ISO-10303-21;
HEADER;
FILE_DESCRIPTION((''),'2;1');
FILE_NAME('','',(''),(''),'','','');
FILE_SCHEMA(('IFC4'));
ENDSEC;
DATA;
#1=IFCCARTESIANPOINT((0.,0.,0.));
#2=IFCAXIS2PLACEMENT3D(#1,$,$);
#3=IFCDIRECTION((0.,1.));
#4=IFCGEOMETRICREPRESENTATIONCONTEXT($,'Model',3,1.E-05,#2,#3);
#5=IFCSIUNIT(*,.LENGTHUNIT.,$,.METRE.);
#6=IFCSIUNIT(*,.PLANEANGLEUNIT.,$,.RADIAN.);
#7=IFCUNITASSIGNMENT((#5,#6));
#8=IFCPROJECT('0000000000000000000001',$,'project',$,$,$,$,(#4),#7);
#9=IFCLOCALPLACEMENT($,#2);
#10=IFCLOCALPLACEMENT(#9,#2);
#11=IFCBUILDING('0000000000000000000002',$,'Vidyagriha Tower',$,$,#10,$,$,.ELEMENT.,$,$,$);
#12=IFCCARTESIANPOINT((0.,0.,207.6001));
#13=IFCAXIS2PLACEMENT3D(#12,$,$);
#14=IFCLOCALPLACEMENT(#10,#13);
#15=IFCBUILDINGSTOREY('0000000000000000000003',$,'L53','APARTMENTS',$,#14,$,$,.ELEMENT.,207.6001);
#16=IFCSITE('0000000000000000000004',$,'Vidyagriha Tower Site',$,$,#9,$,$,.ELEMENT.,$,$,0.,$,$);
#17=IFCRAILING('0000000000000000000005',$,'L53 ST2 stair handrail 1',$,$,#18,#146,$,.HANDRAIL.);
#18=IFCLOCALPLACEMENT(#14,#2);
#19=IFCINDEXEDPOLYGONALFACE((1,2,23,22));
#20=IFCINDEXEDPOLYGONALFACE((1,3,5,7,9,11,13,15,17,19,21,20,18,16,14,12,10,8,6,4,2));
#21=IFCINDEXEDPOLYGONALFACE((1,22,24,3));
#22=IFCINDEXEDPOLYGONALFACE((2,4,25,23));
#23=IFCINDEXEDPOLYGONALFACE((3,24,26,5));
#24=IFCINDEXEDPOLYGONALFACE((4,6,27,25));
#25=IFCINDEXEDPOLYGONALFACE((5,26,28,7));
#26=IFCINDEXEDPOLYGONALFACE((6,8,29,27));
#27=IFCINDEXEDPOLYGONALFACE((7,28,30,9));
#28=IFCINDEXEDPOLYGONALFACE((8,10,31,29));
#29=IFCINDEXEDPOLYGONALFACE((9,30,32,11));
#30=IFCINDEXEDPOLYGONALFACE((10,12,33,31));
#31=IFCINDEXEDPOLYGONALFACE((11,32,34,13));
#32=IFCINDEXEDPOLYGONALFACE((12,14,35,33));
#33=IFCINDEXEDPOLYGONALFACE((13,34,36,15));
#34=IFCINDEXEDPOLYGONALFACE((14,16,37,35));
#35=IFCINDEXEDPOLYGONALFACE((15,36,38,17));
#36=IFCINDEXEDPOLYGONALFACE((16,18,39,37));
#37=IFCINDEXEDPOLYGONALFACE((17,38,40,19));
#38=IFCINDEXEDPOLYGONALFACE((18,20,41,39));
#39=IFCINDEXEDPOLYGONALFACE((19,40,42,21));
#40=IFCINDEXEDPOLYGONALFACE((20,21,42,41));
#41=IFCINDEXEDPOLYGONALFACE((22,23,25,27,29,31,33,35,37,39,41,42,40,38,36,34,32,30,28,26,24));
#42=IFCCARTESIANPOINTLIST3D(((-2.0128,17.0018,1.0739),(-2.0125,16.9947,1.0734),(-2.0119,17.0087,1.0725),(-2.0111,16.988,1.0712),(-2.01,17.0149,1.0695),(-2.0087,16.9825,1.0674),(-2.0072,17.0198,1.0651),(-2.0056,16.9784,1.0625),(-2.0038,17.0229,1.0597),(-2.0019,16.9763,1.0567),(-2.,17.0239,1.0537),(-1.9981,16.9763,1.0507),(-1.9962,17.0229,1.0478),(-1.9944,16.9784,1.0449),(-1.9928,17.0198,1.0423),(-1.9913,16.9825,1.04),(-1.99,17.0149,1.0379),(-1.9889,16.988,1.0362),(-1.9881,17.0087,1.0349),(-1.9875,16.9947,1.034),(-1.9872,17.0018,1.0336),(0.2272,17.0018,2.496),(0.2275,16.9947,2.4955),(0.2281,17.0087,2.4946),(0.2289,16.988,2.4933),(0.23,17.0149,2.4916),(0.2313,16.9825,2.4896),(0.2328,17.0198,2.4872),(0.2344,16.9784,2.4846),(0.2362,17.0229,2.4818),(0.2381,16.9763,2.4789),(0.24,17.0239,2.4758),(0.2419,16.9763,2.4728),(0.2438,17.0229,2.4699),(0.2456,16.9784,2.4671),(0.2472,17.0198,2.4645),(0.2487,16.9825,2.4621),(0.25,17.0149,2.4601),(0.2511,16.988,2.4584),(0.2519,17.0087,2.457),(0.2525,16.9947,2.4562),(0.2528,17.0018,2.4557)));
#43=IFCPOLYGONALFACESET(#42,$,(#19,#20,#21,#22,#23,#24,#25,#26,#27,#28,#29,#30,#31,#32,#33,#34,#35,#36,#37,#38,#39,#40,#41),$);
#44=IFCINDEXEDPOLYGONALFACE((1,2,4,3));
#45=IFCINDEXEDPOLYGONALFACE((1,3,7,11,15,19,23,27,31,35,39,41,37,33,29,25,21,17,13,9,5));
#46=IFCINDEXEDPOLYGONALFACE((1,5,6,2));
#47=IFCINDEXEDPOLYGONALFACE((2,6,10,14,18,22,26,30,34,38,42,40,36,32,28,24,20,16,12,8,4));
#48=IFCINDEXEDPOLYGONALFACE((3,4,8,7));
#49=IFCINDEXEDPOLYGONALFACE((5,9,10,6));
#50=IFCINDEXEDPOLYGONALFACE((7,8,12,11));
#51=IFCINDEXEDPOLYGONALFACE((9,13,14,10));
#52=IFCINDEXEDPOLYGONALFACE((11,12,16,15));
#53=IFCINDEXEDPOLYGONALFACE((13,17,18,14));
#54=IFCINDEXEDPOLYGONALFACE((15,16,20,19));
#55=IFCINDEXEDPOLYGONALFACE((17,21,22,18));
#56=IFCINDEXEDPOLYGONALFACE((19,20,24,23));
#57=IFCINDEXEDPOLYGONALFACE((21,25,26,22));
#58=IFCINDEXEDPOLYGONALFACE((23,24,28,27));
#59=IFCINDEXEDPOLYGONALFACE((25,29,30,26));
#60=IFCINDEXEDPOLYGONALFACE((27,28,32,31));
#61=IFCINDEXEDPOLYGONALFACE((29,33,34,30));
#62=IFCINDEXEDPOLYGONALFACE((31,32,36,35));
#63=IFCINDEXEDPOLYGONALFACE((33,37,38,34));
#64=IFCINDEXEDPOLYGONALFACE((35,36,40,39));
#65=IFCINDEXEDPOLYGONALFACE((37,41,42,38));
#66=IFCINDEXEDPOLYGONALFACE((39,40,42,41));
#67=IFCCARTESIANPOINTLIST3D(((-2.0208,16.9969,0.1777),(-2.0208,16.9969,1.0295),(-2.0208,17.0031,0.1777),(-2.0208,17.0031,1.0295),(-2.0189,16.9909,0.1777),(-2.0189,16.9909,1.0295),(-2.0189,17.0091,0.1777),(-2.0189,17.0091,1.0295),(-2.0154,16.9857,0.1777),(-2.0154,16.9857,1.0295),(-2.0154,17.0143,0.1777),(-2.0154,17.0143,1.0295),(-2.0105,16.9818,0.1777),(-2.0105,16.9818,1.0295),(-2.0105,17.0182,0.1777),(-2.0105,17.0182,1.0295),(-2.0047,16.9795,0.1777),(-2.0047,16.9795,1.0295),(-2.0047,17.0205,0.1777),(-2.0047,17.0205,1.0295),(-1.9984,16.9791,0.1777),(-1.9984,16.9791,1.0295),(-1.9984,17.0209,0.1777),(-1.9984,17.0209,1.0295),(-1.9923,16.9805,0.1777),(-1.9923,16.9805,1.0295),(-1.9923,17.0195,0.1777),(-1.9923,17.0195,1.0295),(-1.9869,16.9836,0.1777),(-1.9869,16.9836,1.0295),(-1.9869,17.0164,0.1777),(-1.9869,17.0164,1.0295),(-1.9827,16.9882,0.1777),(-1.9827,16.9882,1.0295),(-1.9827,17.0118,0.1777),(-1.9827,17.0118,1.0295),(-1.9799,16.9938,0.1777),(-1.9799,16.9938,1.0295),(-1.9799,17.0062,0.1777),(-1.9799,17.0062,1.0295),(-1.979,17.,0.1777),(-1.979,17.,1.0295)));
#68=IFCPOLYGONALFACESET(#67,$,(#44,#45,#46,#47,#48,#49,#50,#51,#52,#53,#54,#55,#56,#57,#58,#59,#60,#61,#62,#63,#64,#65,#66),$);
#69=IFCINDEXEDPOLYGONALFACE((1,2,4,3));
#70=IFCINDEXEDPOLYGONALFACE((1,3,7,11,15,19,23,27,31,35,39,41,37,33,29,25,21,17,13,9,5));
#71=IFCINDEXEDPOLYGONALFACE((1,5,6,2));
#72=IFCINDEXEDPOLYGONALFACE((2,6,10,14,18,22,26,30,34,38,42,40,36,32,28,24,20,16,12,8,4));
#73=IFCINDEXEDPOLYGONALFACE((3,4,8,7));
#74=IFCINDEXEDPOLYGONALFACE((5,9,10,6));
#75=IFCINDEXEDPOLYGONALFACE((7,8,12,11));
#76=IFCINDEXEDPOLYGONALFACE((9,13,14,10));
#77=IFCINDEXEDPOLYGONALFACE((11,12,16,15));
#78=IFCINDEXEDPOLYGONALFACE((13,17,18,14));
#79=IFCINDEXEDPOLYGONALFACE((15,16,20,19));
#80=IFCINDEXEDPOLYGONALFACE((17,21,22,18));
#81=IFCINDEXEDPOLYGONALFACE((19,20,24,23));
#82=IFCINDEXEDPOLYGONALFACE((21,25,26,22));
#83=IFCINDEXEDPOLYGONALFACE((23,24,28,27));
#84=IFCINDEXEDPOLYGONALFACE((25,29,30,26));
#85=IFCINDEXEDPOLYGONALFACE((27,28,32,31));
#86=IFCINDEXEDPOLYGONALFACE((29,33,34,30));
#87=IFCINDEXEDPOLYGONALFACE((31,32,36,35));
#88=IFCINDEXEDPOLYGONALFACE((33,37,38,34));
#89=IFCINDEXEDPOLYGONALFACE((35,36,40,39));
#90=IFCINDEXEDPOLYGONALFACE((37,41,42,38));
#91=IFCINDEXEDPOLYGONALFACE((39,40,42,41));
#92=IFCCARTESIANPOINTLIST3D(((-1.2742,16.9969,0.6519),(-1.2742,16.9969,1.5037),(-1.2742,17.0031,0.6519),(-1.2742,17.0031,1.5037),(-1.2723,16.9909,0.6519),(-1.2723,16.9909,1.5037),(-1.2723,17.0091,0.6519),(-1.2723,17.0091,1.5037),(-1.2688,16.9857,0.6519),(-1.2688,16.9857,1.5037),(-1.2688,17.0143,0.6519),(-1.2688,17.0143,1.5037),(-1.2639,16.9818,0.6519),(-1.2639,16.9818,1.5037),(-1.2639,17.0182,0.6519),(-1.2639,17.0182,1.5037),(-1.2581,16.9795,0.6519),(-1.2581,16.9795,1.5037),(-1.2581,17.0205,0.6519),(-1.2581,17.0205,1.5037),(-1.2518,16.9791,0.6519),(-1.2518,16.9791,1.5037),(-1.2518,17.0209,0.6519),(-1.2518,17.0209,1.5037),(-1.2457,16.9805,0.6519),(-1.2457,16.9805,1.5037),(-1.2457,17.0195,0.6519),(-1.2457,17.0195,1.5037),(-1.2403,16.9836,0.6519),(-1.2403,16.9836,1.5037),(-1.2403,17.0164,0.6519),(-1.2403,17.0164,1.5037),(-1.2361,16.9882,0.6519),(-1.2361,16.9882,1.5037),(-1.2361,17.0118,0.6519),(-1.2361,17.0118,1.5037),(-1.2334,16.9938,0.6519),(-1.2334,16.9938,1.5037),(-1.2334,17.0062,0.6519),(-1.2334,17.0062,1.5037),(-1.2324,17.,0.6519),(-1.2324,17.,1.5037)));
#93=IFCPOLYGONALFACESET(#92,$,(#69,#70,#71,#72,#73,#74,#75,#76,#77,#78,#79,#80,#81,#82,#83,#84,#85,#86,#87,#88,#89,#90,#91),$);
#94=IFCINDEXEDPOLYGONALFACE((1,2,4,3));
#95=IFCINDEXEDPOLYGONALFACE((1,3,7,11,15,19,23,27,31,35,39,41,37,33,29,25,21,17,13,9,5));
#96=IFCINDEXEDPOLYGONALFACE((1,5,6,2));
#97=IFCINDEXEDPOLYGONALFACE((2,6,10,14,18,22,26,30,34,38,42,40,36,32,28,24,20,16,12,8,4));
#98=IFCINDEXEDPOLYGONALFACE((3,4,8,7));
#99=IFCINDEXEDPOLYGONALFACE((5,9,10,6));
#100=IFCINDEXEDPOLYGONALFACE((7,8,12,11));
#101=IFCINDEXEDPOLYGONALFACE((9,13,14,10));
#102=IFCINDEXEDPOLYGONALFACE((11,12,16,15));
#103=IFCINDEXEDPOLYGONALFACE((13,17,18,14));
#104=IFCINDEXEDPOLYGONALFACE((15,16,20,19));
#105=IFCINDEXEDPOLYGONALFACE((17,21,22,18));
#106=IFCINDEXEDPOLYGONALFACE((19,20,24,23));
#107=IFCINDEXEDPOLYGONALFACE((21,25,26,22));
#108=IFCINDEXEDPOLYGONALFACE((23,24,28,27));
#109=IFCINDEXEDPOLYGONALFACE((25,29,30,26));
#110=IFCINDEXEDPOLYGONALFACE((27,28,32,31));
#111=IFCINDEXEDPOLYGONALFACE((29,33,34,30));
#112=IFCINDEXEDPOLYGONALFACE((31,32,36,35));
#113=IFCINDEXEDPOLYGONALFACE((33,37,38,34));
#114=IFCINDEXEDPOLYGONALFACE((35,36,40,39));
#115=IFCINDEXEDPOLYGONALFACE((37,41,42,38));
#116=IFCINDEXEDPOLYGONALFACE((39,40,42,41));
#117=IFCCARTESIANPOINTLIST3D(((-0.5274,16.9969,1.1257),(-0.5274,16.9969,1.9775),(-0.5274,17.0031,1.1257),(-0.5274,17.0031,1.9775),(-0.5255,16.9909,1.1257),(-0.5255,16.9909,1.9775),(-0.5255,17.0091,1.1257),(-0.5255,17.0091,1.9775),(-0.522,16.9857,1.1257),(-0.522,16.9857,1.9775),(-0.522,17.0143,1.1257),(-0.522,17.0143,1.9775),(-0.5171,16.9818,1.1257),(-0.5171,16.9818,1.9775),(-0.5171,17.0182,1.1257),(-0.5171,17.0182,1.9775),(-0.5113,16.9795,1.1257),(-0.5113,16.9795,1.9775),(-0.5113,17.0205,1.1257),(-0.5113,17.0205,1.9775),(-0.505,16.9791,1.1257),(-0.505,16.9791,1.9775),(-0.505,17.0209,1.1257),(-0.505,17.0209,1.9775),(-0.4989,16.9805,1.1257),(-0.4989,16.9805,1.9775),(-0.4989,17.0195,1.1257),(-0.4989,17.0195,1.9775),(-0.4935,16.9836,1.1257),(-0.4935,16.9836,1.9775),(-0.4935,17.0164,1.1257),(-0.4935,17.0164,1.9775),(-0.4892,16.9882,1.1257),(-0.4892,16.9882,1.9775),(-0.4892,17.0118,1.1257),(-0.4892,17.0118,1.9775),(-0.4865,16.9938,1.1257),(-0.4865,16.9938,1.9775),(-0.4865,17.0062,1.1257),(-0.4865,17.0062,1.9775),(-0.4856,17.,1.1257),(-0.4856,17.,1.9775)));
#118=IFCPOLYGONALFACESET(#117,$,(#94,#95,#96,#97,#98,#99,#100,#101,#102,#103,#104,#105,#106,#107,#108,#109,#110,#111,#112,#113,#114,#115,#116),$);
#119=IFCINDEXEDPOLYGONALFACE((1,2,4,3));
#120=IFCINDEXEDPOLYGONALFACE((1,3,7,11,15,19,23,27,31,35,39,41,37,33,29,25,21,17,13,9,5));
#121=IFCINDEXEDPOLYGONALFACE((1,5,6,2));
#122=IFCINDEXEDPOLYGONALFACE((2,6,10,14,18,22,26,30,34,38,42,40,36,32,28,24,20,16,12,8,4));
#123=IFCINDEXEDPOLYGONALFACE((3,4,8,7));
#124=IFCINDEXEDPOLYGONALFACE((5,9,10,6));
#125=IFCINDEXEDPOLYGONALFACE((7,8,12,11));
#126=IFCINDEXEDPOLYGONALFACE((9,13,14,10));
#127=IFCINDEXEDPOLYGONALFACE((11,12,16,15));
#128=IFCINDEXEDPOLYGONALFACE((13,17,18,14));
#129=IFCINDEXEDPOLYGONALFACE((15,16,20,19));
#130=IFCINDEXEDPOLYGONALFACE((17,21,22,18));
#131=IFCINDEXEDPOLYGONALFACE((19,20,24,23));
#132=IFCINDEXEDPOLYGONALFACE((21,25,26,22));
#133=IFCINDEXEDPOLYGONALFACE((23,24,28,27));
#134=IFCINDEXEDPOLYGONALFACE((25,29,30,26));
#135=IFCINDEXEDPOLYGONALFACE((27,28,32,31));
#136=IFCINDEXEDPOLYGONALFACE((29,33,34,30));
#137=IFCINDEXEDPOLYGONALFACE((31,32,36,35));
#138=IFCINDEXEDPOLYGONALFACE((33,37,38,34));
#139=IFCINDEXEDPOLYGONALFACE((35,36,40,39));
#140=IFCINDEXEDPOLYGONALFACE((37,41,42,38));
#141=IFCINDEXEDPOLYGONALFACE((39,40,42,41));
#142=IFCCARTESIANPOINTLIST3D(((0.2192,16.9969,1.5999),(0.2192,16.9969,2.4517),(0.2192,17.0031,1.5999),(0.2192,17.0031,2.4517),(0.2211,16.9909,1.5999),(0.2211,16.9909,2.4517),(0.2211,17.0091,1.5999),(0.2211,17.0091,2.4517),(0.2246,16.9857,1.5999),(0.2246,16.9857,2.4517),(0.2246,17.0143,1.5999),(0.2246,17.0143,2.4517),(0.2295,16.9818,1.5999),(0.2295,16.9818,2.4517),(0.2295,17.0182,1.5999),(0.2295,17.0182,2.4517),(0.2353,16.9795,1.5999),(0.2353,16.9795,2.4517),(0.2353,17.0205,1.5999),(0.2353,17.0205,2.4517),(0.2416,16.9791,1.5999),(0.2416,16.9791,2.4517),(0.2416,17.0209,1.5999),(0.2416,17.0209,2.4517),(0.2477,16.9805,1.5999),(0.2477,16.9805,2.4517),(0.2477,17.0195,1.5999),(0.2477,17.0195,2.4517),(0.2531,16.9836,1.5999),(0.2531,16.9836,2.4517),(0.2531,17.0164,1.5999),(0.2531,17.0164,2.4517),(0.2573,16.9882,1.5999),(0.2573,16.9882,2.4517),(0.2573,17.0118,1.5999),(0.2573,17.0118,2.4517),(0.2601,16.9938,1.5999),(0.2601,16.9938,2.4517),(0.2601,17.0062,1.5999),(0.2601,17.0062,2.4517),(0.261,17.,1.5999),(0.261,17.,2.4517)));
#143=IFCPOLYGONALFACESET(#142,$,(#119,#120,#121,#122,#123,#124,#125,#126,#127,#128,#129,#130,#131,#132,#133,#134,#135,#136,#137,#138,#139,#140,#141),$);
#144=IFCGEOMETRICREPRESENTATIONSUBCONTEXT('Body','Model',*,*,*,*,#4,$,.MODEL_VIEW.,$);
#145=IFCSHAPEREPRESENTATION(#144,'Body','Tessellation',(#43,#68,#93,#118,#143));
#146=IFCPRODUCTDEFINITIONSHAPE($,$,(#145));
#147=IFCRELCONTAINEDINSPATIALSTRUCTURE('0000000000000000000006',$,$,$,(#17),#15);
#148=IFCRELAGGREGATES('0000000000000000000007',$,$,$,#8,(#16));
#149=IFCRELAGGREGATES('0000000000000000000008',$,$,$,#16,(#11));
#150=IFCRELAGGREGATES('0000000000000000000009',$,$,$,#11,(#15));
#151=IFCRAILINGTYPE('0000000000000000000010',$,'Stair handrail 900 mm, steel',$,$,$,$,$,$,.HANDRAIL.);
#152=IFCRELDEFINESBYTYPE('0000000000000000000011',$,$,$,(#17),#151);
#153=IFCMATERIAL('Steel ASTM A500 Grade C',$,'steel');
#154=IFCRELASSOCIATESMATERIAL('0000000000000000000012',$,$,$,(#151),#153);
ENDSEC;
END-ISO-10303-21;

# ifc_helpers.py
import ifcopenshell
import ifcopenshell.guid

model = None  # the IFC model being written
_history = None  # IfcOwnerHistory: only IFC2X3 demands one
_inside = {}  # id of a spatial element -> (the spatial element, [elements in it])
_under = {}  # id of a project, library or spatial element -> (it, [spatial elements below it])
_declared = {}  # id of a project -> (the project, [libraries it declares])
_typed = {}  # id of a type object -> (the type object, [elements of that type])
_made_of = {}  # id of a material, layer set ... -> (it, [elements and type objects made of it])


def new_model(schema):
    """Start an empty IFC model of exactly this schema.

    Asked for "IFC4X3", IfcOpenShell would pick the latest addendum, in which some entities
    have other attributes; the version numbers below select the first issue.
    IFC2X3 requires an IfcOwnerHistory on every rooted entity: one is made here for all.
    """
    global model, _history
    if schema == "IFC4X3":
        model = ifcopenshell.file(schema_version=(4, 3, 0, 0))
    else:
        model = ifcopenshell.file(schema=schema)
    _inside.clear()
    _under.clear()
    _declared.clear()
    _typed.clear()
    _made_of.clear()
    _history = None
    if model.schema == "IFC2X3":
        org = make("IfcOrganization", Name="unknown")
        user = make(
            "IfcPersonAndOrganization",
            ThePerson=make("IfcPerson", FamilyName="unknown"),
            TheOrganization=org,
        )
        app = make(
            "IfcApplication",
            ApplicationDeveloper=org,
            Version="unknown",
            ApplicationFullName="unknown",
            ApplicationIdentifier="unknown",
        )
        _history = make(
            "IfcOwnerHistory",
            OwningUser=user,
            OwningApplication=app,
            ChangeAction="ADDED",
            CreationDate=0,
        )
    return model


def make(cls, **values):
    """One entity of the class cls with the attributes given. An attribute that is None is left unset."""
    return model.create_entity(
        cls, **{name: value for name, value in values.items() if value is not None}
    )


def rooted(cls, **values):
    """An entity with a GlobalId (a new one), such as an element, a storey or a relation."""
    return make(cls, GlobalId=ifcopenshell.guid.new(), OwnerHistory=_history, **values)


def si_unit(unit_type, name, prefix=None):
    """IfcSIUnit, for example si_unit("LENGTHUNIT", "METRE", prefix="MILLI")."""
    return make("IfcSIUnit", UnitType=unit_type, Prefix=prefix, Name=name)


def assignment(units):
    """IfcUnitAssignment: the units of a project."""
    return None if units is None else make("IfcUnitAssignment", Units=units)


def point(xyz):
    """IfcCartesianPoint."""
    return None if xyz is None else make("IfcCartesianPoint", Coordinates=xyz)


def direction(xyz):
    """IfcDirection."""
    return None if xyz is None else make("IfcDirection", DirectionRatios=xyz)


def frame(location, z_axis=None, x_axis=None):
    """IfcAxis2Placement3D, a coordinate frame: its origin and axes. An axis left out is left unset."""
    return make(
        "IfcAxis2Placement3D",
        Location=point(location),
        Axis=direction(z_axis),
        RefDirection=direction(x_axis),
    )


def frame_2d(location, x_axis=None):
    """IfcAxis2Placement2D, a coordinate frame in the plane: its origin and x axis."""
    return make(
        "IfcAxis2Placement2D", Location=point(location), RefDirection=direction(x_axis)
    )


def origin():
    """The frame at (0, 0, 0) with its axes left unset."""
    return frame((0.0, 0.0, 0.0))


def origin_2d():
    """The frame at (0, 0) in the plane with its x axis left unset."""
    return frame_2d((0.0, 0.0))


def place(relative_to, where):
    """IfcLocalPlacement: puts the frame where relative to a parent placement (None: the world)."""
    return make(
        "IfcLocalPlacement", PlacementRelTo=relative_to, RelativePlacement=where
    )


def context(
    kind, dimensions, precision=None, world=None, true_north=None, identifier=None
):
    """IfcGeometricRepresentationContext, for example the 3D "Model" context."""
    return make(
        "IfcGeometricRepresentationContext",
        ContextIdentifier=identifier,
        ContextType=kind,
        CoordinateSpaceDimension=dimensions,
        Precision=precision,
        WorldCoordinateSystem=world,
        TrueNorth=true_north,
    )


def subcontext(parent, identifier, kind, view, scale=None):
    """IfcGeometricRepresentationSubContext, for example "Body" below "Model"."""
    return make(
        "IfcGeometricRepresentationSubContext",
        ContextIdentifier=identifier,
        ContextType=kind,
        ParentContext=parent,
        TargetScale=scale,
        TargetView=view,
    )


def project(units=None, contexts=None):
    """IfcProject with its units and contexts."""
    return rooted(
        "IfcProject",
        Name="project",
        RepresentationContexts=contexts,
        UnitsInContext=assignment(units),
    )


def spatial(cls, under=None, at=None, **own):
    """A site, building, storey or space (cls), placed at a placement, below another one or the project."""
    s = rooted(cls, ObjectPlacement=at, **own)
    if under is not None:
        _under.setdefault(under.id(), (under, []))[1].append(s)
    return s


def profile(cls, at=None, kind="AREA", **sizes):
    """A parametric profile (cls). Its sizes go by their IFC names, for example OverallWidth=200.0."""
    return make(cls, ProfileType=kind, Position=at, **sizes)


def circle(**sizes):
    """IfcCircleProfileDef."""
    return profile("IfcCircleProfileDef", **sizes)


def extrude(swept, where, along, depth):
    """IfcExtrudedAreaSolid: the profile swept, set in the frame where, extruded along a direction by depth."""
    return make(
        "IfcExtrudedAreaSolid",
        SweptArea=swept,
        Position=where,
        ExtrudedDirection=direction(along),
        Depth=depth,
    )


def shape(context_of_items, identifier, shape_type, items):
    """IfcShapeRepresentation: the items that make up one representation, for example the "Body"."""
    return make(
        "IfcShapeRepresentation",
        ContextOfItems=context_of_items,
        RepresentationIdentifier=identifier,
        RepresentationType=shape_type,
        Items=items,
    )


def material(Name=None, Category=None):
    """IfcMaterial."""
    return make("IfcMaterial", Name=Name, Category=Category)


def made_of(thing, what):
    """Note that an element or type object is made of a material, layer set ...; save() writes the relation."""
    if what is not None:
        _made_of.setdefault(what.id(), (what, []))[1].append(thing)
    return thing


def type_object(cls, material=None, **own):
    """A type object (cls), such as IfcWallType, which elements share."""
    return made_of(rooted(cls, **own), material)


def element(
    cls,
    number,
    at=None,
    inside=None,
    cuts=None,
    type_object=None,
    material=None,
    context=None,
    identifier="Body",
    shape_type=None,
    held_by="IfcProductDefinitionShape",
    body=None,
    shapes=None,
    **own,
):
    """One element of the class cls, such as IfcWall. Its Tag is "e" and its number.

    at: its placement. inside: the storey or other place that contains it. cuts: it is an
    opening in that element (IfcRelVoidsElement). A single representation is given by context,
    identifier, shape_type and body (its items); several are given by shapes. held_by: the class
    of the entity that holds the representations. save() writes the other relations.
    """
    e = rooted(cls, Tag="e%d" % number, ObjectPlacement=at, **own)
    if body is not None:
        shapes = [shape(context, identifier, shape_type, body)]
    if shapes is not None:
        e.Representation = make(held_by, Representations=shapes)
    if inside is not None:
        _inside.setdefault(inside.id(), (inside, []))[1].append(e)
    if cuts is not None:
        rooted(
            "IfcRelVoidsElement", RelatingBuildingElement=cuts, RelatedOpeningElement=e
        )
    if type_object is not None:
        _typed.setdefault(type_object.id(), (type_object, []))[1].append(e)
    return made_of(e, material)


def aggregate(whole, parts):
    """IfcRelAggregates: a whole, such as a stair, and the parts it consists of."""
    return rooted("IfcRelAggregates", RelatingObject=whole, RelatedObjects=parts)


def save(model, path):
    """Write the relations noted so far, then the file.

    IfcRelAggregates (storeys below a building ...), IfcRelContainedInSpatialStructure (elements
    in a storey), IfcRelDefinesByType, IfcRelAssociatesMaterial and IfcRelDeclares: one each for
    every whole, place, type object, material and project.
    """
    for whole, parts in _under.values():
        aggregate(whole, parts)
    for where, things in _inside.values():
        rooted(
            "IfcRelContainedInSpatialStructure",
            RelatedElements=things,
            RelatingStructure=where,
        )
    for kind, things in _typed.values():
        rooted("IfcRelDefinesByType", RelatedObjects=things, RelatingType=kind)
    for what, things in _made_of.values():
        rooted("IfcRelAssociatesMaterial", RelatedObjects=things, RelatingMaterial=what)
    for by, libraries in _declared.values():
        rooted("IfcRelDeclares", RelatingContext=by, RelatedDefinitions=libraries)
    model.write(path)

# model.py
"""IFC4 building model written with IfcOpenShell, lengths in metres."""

from ifc_helpers import new_model, si_unit, direction, frame, origin, origin_2d, place, context, subcontext, project, spatial, circle, extrude, material, type_object, element, save


model = new_model("IFC4")

# Units and contexts
model_context = context("Model", 3, precision=1e-05, world=origin(), true_north=direction((0.0, 1.0)))
body_context = subcontext(model_context, "Body", "Model", "MODEL_VIEW")
ifc_project = project(units=[si_unit("LENGTHUNIT", "METRE"), si_unit("PLANEANGLEUNIT", "RADIAN")], contexts=[model_context])

# Site, building, storey
site_placement = place(None, origin())
site = spatial("IfcSite", under=ifc_project, at=site_placement, Name="Vidyagriha Tower Site", CompositionType="ELEMENT", RefElevation=0.0)
building_placement = place(site_placement, origin())
building = spatial("IfcBuilding", under=site, at=building_placement, Name="Vidyagriha Tower", CompositionType="ELEMENT")
storey_placement = place(building_placement, frame((0.0, 0.0, 207.6001)))
storey = spatial("IfcBuildingStorey", under=building, at=storey_placement, Name="L53", Description="APARTMENTS", CompositionType="ELEMENT", Elevation=207.6001)

# Railing
ifc_material_1 = material(Name="Steel ASTM A500 Grade C", Category="steel")
railing_type_1 = type_object("IfcRailingType", Name="Stair handrail 900 mm, steel", PredefinedType="HANDRAIL", material=ifc_material_1)
railing_1_placement = place(storey_placement, frame((-2.0, 17.0, 0.1777)))
element("IfcRailing", 1, at=railing_1_placement, inside=storey, type_object=railing_type_1, Name="L53 ST2 stair handrail 1", PredefinedType="HANDRAIL", context=body_context, shape_type="SweptSolid", body=[
    extrude(circle(Radius=0.0239, at=origin_2d()), frame((0.0, 0.0, 0.876), z_axis=(0.844229, 0.0, 0.535982), x_axis=(0.0, 1.0, 0.0)), (0.0, 0.0, 1.0), 2.6533),
    extrude(circle(Radius=0.021, at=origin_2d()), origin(), (0.0, 0.0, 1.0), 0.8518),
    extrude(circle(Radius=0.021, at=origin_2d()), frame((0.7466, 0.0, 0.4741)), (0.0, 0.0, 1.0), 0.8518),
    extrude(circle(Radius=0.021, at=origin_2d()), frame((1.4934, 0.0, 0.948)), (0.0, 0.0, 1.0), 0.8518),
    extrude(circle(Radius=0.021, at=origin_2d()), frame((2.24, 0.0, 1.4221)), (0.0, 0.0, 1.0), 0.8518),
])

save(model, "model.ifc")
